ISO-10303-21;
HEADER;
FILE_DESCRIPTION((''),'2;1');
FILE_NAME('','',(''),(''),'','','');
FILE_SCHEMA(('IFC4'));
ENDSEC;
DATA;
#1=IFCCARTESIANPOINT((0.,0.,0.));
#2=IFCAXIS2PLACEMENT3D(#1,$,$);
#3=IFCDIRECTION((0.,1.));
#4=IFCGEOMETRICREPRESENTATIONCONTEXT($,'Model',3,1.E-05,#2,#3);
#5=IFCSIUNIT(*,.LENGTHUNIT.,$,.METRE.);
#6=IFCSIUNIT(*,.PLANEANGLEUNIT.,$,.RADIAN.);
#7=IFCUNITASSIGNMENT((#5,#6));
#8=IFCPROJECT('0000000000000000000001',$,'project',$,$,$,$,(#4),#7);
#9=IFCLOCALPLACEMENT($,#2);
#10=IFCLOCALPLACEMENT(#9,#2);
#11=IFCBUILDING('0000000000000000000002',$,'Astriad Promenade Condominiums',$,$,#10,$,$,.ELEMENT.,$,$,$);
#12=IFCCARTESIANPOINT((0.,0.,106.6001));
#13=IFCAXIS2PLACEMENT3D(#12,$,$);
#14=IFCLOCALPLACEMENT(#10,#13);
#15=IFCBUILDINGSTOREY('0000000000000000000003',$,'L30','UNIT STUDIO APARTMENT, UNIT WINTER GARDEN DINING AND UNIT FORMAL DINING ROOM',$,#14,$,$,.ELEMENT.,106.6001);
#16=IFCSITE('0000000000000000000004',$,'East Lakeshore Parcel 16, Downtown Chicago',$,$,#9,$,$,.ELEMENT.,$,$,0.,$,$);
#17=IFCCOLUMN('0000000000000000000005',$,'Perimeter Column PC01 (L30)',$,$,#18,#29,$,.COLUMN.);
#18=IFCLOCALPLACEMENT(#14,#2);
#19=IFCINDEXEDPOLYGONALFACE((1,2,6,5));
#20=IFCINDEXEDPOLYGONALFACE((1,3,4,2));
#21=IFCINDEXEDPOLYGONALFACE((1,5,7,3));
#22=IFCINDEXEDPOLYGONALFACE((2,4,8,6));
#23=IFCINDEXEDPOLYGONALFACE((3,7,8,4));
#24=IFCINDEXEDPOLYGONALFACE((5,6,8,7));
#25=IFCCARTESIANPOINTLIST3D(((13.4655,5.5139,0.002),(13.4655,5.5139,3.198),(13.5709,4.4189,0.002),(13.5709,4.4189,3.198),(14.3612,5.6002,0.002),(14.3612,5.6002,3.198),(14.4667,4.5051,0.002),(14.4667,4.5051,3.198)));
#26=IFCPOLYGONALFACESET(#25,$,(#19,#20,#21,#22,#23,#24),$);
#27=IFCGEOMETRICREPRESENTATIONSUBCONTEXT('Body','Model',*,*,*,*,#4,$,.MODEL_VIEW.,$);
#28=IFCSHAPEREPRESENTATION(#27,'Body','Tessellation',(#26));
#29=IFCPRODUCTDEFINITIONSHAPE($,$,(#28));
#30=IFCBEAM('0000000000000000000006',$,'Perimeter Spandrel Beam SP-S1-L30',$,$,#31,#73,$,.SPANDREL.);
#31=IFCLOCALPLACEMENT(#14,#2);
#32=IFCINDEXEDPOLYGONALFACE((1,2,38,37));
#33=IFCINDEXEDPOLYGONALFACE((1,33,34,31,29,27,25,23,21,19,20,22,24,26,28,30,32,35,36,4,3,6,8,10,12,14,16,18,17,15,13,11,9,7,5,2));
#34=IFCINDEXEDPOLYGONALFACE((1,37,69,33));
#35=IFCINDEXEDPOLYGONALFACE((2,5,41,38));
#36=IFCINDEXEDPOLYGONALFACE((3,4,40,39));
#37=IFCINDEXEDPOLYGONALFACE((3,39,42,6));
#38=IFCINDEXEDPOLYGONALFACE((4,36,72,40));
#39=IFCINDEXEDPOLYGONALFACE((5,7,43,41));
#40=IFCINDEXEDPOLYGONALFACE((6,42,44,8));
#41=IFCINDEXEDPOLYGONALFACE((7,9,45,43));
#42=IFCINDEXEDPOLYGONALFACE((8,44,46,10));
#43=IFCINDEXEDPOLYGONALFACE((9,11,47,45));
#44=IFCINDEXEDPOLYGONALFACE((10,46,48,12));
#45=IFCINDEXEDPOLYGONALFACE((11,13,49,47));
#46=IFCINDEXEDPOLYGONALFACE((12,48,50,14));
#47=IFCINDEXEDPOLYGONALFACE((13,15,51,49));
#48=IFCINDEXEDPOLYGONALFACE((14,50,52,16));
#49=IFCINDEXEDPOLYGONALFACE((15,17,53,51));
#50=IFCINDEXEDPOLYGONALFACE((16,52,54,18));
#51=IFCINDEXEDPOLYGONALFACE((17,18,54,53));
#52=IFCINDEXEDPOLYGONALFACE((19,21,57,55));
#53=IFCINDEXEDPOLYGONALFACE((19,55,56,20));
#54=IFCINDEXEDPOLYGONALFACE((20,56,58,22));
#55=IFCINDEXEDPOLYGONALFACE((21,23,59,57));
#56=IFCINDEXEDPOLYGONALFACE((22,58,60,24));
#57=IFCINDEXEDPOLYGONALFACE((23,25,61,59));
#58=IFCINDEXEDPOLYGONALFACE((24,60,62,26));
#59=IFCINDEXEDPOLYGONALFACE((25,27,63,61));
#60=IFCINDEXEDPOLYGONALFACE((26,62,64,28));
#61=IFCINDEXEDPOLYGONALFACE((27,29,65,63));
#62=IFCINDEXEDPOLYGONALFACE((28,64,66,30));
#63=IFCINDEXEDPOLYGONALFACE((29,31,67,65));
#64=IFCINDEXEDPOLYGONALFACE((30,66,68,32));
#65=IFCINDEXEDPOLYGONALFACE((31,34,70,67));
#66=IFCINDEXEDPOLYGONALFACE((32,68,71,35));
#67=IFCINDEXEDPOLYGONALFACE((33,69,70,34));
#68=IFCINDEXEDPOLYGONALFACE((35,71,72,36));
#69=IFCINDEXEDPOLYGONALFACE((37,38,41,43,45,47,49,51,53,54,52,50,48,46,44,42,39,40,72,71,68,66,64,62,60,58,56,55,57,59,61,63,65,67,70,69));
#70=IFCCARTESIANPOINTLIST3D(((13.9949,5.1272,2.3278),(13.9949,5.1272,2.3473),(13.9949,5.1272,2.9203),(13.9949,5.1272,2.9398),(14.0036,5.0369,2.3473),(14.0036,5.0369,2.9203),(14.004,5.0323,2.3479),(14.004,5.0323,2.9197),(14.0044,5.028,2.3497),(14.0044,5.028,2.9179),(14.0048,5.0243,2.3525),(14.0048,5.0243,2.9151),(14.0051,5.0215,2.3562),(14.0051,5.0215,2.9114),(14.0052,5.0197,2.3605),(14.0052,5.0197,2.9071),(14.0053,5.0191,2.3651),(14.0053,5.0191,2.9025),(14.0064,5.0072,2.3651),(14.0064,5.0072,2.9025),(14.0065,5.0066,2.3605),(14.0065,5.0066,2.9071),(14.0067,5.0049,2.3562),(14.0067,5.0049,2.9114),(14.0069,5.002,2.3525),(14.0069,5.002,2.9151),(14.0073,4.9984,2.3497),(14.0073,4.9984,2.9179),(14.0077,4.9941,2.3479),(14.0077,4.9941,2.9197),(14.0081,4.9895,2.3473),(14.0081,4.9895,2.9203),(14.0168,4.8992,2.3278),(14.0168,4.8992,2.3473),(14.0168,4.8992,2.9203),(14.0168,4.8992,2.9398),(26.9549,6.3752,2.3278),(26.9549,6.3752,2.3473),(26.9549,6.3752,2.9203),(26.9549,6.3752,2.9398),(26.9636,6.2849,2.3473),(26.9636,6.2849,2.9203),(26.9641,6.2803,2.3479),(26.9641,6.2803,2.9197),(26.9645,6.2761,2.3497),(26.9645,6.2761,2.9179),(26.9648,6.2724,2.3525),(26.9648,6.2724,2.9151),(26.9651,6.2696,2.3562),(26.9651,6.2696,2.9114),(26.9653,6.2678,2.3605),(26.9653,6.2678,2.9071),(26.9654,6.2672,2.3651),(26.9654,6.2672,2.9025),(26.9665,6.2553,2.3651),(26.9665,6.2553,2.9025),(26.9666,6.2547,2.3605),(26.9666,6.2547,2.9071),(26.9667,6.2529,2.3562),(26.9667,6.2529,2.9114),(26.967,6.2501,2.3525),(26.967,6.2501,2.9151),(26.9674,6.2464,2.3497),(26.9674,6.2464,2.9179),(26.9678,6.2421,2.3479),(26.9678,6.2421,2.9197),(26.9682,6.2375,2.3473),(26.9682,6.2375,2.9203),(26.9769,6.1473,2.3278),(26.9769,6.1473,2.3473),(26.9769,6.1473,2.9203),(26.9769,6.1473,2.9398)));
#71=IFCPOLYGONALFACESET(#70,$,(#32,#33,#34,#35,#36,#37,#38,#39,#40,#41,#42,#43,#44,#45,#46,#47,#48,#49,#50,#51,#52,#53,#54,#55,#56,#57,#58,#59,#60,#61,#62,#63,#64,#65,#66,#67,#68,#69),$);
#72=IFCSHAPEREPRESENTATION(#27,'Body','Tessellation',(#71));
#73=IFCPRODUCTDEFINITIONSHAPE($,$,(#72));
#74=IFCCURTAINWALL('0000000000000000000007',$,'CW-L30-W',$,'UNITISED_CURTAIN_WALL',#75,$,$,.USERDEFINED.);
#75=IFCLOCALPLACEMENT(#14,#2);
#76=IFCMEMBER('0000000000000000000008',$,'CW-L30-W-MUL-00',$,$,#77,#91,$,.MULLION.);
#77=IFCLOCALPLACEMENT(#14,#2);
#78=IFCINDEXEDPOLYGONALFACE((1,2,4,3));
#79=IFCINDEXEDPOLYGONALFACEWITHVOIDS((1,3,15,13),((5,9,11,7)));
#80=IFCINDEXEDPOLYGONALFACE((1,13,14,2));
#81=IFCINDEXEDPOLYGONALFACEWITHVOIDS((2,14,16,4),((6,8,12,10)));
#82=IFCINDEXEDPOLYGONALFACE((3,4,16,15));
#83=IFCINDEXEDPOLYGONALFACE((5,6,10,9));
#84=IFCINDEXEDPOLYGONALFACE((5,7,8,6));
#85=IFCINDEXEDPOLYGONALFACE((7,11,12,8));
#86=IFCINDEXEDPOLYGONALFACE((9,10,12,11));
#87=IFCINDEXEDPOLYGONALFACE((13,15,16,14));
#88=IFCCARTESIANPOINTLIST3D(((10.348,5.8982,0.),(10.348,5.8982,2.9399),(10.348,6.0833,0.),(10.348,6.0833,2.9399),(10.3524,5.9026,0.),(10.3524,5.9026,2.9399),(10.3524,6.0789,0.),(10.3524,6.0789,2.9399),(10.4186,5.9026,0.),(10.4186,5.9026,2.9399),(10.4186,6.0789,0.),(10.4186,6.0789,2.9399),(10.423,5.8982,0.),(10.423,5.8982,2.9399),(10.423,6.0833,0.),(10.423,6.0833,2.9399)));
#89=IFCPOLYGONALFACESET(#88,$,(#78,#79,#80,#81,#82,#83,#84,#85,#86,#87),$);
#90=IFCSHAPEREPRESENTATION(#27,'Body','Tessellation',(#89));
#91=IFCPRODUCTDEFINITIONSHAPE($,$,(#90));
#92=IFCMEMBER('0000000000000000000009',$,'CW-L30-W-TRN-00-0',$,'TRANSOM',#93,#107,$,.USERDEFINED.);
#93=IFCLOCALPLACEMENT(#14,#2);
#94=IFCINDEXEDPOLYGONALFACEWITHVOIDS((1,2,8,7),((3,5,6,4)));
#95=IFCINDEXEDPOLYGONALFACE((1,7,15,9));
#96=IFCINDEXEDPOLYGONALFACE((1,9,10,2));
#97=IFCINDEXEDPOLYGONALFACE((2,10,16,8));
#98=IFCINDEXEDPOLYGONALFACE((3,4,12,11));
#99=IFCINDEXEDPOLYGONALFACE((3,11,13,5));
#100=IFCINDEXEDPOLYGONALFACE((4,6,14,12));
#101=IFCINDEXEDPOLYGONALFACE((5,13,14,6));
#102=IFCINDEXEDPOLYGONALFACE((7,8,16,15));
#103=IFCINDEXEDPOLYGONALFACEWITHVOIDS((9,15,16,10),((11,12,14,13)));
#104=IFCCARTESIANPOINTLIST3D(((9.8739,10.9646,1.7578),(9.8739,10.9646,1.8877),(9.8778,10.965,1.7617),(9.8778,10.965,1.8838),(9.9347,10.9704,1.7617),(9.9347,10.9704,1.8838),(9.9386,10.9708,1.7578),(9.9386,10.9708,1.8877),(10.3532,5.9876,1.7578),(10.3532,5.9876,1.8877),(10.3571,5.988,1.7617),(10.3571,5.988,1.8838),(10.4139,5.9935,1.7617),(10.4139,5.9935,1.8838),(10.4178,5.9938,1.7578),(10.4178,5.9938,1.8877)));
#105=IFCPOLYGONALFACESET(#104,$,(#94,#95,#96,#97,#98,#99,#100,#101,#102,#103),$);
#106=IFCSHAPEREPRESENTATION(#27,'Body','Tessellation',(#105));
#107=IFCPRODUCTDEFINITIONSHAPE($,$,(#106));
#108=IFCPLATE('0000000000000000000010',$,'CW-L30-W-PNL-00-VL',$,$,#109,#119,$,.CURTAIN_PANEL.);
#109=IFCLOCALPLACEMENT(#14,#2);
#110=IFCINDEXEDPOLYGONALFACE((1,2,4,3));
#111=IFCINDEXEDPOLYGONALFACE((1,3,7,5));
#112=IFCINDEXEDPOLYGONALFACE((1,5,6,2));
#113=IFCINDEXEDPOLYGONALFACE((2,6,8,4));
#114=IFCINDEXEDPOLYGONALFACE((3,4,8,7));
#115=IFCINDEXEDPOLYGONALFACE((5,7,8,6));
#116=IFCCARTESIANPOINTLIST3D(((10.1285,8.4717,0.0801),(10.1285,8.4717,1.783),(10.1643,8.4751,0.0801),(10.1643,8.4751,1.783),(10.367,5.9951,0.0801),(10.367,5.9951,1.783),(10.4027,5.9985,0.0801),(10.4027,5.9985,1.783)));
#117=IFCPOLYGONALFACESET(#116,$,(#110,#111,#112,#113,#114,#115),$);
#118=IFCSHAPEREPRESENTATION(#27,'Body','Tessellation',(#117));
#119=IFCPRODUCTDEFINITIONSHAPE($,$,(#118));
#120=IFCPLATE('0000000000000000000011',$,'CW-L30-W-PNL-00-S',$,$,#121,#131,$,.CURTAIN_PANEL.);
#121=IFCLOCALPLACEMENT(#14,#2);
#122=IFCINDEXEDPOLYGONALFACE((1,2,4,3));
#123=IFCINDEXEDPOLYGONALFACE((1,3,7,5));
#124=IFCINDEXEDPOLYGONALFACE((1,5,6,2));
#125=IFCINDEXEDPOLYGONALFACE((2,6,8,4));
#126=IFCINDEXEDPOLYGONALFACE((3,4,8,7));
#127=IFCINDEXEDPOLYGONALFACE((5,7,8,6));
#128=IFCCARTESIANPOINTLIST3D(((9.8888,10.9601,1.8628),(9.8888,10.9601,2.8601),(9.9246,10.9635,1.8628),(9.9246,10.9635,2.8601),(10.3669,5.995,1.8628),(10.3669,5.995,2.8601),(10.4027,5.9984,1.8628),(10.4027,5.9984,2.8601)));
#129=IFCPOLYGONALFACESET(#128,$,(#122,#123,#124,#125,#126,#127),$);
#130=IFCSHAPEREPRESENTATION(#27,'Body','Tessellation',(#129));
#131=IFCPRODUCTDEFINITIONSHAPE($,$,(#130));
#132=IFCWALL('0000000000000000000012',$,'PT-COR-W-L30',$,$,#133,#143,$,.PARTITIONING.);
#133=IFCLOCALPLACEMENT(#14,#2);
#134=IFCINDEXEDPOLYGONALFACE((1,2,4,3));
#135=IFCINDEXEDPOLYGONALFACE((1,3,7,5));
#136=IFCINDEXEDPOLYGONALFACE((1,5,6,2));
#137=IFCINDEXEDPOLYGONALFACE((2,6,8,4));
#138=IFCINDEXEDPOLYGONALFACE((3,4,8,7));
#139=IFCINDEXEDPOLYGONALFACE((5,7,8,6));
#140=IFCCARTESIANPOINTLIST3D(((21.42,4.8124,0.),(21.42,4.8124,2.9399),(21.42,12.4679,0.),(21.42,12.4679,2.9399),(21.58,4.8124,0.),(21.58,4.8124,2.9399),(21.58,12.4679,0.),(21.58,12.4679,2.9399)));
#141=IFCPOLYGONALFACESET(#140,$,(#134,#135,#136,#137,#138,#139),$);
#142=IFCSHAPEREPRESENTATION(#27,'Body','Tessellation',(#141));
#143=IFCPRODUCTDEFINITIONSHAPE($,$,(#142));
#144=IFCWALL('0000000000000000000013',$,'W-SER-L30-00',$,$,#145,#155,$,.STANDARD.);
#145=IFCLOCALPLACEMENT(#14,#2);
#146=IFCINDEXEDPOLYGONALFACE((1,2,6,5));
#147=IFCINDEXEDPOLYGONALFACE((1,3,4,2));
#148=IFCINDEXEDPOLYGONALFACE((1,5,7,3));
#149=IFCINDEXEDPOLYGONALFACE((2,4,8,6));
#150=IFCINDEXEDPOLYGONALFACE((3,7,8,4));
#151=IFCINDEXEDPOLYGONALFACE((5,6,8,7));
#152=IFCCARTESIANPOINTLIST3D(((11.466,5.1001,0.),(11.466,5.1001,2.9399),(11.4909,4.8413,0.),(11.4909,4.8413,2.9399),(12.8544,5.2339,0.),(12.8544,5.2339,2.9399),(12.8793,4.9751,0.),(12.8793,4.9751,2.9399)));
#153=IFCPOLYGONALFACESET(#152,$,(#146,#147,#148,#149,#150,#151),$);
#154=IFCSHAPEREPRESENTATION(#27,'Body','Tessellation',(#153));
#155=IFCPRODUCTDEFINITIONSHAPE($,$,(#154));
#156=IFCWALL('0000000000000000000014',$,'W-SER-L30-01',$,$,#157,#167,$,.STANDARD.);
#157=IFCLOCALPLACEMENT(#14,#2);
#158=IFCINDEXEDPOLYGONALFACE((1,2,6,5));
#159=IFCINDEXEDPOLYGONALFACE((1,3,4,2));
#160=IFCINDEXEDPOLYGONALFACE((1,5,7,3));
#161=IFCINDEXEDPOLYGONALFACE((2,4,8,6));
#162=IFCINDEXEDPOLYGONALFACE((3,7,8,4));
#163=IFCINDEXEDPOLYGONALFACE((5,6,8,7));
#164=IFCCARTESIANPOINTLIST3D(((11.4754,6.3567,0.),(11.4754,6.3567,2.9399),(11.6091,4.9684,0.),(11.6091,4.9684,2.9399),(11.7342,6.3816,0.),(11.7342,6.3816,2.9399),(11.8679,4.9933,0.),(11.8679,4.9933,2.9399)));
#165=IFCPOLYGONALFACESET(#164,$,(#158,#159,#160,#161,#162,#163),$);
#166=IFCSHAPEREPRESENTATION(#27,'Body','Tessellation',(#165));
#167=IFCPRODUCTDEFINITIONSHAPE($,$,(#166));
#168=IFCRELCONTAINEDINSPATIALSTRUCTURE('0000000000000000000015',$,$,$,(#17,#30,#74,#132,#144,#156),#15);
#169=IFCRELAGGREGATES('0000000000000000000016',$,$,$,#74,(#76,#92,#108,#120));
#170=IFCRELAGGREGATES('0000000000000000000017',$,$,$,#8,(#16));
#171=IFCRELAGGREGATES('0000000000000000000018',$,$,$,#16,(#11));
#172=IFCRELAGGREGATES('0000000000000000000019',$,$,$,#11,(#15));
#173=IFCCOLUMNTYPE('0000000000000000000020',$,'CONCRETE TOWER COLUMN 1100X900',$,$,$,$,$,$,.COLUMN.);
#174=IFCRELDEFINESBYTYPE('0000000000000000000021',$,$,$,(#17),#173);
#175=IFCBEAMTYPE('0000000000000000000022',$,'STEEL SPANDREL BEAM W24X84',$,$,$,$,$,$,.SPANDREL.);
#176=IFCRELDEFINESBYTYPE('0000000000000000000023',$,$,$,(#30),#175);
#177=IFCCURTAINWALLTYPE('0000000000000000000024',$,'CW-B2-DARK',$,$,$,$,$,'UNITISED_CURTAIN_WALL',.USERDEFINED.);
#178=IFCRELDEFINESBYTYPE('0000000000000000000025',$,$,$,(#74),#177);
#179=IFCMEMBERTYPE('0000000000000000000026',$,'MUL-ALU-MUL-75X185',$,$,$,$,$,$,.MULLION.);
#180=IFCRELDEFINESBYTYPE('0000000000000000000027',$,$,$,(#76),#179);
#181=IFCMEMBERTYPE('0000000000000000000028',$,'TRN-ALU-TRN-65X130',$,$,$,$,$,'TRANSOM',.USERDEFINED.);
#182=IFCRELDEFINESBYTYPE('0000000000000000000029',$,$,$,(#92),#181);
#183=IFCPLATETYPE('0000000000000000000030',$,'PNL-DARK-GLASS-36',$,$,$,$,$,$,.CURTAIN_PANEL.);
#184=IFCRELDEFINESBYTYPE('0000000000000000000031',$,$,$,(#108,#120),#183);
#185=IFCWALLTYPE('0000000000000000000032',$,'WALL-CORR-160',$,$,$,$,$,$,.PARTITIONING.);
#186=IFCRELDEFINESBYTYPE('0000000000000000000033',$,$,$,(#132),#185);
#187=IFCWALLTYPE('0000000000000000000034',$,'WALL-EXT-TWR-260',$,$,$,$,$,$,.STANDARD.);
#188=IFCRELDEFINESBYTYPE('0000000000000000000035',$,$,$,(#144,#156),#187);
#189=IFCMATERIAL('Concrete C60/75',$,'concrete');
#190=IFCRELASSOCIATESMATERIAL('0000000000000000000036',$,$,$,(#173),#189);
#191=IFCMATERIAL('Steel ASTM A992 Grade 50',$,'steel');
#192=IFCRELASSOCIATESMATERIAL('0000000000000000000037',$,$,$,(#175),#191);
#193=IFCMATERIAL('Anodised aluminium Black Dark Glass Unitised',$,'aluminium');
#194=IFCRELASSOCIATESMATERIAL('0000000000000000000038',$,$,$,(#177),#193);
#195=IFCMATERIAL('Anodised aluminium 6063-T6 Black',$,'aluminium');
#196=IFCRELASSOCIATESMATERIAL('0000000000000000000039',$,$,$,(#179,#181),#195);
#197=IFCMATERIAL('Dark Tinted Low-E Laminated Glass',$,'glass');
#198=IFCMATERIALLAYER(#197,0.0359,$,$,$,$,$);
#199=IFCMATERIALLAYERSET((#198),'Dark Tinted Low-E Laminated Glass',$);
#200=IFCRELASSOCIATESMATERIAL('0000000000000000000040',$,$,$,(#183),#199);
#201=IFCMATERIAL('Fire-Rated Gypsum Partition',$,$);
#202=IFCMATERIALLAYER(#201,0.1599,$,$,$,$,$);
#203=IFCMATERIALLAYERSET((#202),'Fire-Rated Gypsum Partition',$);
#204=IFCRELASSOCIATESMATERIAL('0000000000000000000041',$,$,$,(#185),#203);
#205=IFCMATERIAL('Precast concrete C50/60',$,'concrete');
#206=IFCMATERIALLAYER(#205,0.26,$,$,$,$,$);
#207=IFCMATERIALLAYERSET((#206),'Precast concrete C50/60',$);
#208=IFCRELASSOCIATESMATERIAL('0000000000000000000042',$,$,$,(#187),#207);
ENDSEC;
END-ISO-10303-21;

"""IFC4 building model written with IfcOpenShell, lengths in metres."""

from ifc_helpers import new_model, si_unit, direction, frame, frame_2d, origin, origin_2d, place, context, subcontext, project, spatial, rectangle, hollow_rectangle, i_section, extrude, source, transform, mapped, material, layer, layer_set, material_profile, profile_set, type_object, type_shapes, element, aggregate, save


model = new_model("IFC4")

# Units and contexts
model_context = context("Model", 3, precision=1e-05, world=origin(), true_north=direction((0.0, 1.0)))
body_context = subcontext(model_context, "Body", "Model", "MODEL_VIEW")
ifc_project = project(units=[si_unit("LENGTHUNIT", "METRE"), si_unit("PLANEANGLEUNIT", "RADIAN")], contexts=[model_context])

# Site, building, storey
site_placement = place(None, origin())
site = spatial("IfcSite", under=ifc_project, at=site_placement, Name="East Lakeshore Parcel 16, Downtown Chicago", CompositionType="ELEMENT", RefElevation=0.0)
building_placement = place(site_placement, origin())
building = spatial("IfcBuilding", under=site, at=building_placement, Name="Astriad Promenade Condominiums", CompositionType="ELEMENT")
storey_placement = place(building_placement, frame((0.0, 0.0, 106.6001)))
storey = spatial("IfcBuildingStorey", under=building, at=storey_placement, Name="L30", Description="UNIT STUDIO APARTMENT, UNIT WINTER GARDEN DINING AND UNIT FORMAL DINING ROOM", CompositionType="ELEMENT", Elevation=106.6001)

# Column
ifc_material_1 = material(Name="Concrete C60/75", Category="concrete")
ifc_material_profile_1 = material_profile(ifc_material_1, rectangle(XDim=0.8999, YDim=1.1001, at=origin_2d()), Name="RC-COL-1100X900")
ifc_profile_set_1 = profile_set([ifc_material_profile_1], Name="Concrete C60/75")
column_type = type_object("IfcColumnType", Name="CONCRETE TOWER COLUMN 1100X900", PredefinedType="COLUMN", material=ifc_profile_set_1)
shared_shape_1 = source(origin(), body_context, "Body", "SweptSolid", [
    extrude(rectangle(XDim=0.8999, YDim=1.1001, at=origin_2d()), origin(), (0.0, 0.0, 1.0), 3.196),
])
type_shapes(column_type, [shared_shape_1])
column_placement = place(storey_placement, frame((13.9661, 5.0095, 0.002), z_axis=(0.0, 0.0, 1.0), x_axis=(0.995396, 0.095846, 0.0)))
element("IfcColumn", 1, at=column_placement, inside=storey, type_object=column_type, Name="Perimeter Column PC01 (L30)", PredefinedType="COLUMN", context=body_context, shape_type="MappedRepresentation", body=[
    mapped(shared_shape_1, transform((0.0, 0.0, 0.0), scale=1.0)),
])

# Beam
ifc_material_2 = material(Name="Steel ASTM A992 Grade 50", Category="steel")
ifc_material_profile_2 = material_profile(ifc_material_2, i_section(OverallWidth=0.229, OverallDepth=0.6121, WebThickness=0.012, FlangeThickness=0.0195, FilletRadius=0.0178, at=origin_2d()), Name="W24X84")
ifc_profile_set_2 = profile_set([ifc_material_profile_2], Name="Steel ASTM A992 Grade 50")
beam_type = type_object("IfcBeamType", Name="STEEL SPANDREL BEAM W24X84", PredefinedType="SPANDREL", material=ifc_profile_set_2)
shared_shape_2 = source(origin(), body_context, "Body", "SweptSolid", [
    extrude(i_section(OverallWidth=0.229, OverallDepth=0.6121, WebThickness=0.012, FlangeThickness=0.0195, FilletRadius=0.0178, at=origin_2d()), origin(), (0.0, 0.0, 1.0), 13.02),
])
type_shapes(beam_type, [shared_shape_2])
beam_placement = place(storey_placement, frame((14.0059, 5.0132, 2.6338), z_axis=(0.995395, 0.095857, 0.0), x_axis=(-0.095857, 0.995395, 0.0)))
element("IfcBeam", 2, at=beam_placement, inside=storey, type_object=beam_type, Name="Perimeter Spandrel Beam SP-S1-L30", PredefinedType="SPANDREL", context=body_context, shape_type="MappedRepresentation", body=[
    mapped(shared_shape_2, transform((0.0, 0.0, 0.0), scale=1.0)),
])

# Curtain wall, members, plates
ifc_material_3 = material(Name="Anodised aluminium Black Dark Glass Unitised", Category="aluminium")
curtain_wall_type = type_object("IfcCurtainWallType", Name="CW-B2-DARK", ElementType="UNITISED_CURTAIN_WALL", PredefinedType="USERDEFINED", material=ifc_material_3)
curtain_wall_placement = place(storey_placement, origin())
curtain_wall = element("IfcCurtainWall", 3, at=curtain_wall_placement, inside=storey, type_object=curtain_wall_type, Name="CW-L30-W", ObjectType="UNITISED_CURTAIN_WALL", PredefinedType="USERDEFINED")
ifc_material_4 = material(Name="Anodised aluminium 6063-T6 Black", Category="aluminium")
ifc_material_profile_3 = material_profile(ifc_material_4, hollow_rectangle(XDim=0.075, YDim=0.1851, WallThickness=0.0044, at=origin_2d()), Name="ALU-MUL-75X185")
ifc_profile_set_3 = profile_set([ifc_material_profile_3], Name="Anodised aluminium 6063-T6 Black")
member_type_1 = type_object("IfcMemberType", Name="MUL-ALU-MUL-75X185", PredefinedType="MULLION", material=ifc_profile_set_3)
shared_shape_3 = source(origin(), body_context, "Body", "SweptSolid", [
    extrude(hollow_rectangle(XDim=0.075, YDim=0.1851, WallThickness=0.0044, at=origin_2d()), origin(), (0.0, 0.0, 1.0), 2.9399),
])
type_shapes(member_type_1, [shared_shape_3])
member_1_placement = place(storey_placement, frame((10.3855, 5.9907, 0.0), z_axis=(0.0, 0.0, 1.0), x_axis=(1.0, 0.0, 0.0)))
member_1 = element("IfcMember", 4, at=member_1_placement, type_object=member_type_1, Name="CW-L30-W-MUL-00", PredefinedType="MULLION", context=body_context, shape_type="MappedRepresentation", body=[
    mapped(shared_shape_3, transform((0.0, 0.0, 0.0), scale=1.0)),
])
ifc_material_profile_4 = material_profile(ifc_material_4, hollow_rectangle(XDim=0.0649, YDim=0.1299, WallThickness=0.0039, at=origin_2d()), Name="ALU-TRN-65X130")
ifc_profile_set_4 = profile_set([ifc_material_profile_4], Name="Anodised aluminium 6063-T6 Black")
member_type_2 = type_object("IfcMemberType", Name="TRN-ALU-TRN-65X130", ElementType="TRANSOM", PredefinedType="USERDEFINED", material=ifc_profile_set_4)
shared_shape_4 = source(origin(), body_context, "Body", "SweptSolid", [
    extrude(hollow_rectangle(XDim=0.0649, YDim=0.1299, WallThickness=0.0039, at=origin_2d()), origin(), (0.0, 0.0, 1.0), 5.0),
])
type_shapes(member_type_2, [shared_shape_4])
member_2_placement = place(storey_placement, frame((10.3855, 5.9907, 1.8228), z_axis=(-0.095848, 0.995396, 0.0), x_axis=(-0.995396, -0.095848, 0.0)))
member_2 = element("IfcMember", 5, at=member_2_placement, type_object=member_type_2, Name="CW-L30-W-TRN-00-0", ObjectType="TRANSOM", PredefinedType="USERDEFINED", context=body_context, shape_type="MappedRepresentation", body=[
    mapped(shared_shape_4, transform((0.0, 0.0, 0.0), scale=1.0)),
])
ifc_material_5 = material(Name="Dark Tinted Low-E Laminated Glass", Category="glass")
ifc_layer_1 = layer(ifc_material_5, 0.0359)
ifc_layer_set_1 = layer_set([ifc_layer_1], Name="Dark Tinted Low-E Laminated Glass")
plate_type = type_object("IfcPlateType", Name="PNL-DARK-GLASS-36", PredefinedType="CURTAIN_PANEL", material=ifc_layer_set_1)
shared_shape_5 = source(origin(), body_context, "Body", "SweptSolid", [
    extrude(rectangle(XDim=2.488, YDim=0.0359, at=origin_2d()), origin(), (0.0, 0.0, 1.0), 1.7029),
])
plate_1_placement = place(storey_placement, frame((10.2656, 7.2351, 0.0801), z_axis=(0.0, 0.0, 1.0), x_axis=(-0.095846, 0.995396, 0.0)))
plate_1 = element("IfcPlate", 6, at=plate_1_placement, type_object=plate_type, Name="CW-L30-W-PNL-00-VL", PredefinedType="CURTAIN_PANEL", context=body_context, shape_type="MappedRepresentation", body=[
    mapped(shared_shape_5, transform((0.0, 0.0, 0.0), scale=1.0)),
])
shared_shape_6 = source(origin(), body_context, "Body", "SweptSolid", [
    extrude(rectangle(XDim=4.988, YDim=0.0359, at=origin_2d()), origin(), (0.0, 0.0, 1.0), 0.9973),
])
type_shapes(plate_type, [shared_shape_5, shared_shape_6])
plate_2_placement = place(storey_placement, frame((10.1458, 8.4792, 1.8628), z_axis=(0.0, 0.0, 1.0), x_axis=(-0.095846, 0.995396, 0.0)))
plate_2 = element("IfcPlate", 7, at=plate_2_placement, type_object=plate_type, Name="CW-L30-W-PNL-00-S", PredefinedType="CURTAIN_PANEL", context=body_context, shape_type="MappedRepresentation", body=[
    mapped(shared_shape_6, transform((0.0, 0.0, 0.0), scale=1.0)),
])
aggregate(curtain_wall, [member_1, member_2, plate_1, plate_2])

# Walls
ifc_material_6 = material(Name="Fire-Rated Gypsum Partition")
ifc_layer_2 = layer(ifc_material_6, 0.1599)
ifc_layer_set_2 = layer_set([ifc_layer_2], Name="Fire-Rated Gypsum Partition")
wall_type_1 = type_object("IfcWallType", Name="WALL-CORR-160", PredefinedType="PARTITIONING", material=ifc_layer_set_2)
wall_1_placement = place(storey_placement, frame((21.5, 4.8125, 0.0), z_axis=(0.0, 0.0, 1.0), x_axis=(0.0, 1.0, 0.0)))
element("IfcWall", 8, at=wall_1_placement, inside=storey, type_object=wall_type_1, Name="PT-COR-W-L30", PredefinedType="PARTITIONING", context=body_context, shape_type="SweptSolid", body=[
    extrude(rectangle(XDim=7.6555, YDim=0.1599, at=frame_2d((3.8276, 0.0))), origin(), (0.0, 0.0, 1.0), 2.9399),
])
ifc_material_7 = material(Name="Precast concrete C50/60", Category="concrete")
ifc_layer_3 = layer(ifc_material_7, 0.26)
ifc_layer_set_3 = layer_set([ifc_layer_3], Name="Precast concrete C50/60")
wall_type_2 = type_object("IfcWallType", Name="WALL-EXT-TWR-260", PredefinedType="STANDARD", material=ifc_layer_set_3)
for number, where, z_axis, x_axis, name in (
    (9, (12.8667, 5.1045, 0.0), (0.0, 0.0, 1.0), (-0.995389, -0.095916, 0.0), "W-SER-L30-00"),
    (10, (11.7385, 4.981, 0.0), (0.0, 0.0, 1.0), (-0.095916, 0.995389, 0.0), "W-SER-L30-01"),
):
    element("IfcWall", number, at=place(storey_placement, frame(where, z_axis=z_axis, x_axis=x_axis)), inside=storey, type_object=wall_type_2, Name=name, PredefinedType="STANDARD", context=body_context, shape_type="SweptSolid", body=[
        extrude(rectangle(XDim=1.3948, YDim=0.26, at=frame_2d((0.6973, 0.0))), origin(), (0.0, 0.0, 1.0), 2.9399),
    ])

save(model, "model.ifc")
